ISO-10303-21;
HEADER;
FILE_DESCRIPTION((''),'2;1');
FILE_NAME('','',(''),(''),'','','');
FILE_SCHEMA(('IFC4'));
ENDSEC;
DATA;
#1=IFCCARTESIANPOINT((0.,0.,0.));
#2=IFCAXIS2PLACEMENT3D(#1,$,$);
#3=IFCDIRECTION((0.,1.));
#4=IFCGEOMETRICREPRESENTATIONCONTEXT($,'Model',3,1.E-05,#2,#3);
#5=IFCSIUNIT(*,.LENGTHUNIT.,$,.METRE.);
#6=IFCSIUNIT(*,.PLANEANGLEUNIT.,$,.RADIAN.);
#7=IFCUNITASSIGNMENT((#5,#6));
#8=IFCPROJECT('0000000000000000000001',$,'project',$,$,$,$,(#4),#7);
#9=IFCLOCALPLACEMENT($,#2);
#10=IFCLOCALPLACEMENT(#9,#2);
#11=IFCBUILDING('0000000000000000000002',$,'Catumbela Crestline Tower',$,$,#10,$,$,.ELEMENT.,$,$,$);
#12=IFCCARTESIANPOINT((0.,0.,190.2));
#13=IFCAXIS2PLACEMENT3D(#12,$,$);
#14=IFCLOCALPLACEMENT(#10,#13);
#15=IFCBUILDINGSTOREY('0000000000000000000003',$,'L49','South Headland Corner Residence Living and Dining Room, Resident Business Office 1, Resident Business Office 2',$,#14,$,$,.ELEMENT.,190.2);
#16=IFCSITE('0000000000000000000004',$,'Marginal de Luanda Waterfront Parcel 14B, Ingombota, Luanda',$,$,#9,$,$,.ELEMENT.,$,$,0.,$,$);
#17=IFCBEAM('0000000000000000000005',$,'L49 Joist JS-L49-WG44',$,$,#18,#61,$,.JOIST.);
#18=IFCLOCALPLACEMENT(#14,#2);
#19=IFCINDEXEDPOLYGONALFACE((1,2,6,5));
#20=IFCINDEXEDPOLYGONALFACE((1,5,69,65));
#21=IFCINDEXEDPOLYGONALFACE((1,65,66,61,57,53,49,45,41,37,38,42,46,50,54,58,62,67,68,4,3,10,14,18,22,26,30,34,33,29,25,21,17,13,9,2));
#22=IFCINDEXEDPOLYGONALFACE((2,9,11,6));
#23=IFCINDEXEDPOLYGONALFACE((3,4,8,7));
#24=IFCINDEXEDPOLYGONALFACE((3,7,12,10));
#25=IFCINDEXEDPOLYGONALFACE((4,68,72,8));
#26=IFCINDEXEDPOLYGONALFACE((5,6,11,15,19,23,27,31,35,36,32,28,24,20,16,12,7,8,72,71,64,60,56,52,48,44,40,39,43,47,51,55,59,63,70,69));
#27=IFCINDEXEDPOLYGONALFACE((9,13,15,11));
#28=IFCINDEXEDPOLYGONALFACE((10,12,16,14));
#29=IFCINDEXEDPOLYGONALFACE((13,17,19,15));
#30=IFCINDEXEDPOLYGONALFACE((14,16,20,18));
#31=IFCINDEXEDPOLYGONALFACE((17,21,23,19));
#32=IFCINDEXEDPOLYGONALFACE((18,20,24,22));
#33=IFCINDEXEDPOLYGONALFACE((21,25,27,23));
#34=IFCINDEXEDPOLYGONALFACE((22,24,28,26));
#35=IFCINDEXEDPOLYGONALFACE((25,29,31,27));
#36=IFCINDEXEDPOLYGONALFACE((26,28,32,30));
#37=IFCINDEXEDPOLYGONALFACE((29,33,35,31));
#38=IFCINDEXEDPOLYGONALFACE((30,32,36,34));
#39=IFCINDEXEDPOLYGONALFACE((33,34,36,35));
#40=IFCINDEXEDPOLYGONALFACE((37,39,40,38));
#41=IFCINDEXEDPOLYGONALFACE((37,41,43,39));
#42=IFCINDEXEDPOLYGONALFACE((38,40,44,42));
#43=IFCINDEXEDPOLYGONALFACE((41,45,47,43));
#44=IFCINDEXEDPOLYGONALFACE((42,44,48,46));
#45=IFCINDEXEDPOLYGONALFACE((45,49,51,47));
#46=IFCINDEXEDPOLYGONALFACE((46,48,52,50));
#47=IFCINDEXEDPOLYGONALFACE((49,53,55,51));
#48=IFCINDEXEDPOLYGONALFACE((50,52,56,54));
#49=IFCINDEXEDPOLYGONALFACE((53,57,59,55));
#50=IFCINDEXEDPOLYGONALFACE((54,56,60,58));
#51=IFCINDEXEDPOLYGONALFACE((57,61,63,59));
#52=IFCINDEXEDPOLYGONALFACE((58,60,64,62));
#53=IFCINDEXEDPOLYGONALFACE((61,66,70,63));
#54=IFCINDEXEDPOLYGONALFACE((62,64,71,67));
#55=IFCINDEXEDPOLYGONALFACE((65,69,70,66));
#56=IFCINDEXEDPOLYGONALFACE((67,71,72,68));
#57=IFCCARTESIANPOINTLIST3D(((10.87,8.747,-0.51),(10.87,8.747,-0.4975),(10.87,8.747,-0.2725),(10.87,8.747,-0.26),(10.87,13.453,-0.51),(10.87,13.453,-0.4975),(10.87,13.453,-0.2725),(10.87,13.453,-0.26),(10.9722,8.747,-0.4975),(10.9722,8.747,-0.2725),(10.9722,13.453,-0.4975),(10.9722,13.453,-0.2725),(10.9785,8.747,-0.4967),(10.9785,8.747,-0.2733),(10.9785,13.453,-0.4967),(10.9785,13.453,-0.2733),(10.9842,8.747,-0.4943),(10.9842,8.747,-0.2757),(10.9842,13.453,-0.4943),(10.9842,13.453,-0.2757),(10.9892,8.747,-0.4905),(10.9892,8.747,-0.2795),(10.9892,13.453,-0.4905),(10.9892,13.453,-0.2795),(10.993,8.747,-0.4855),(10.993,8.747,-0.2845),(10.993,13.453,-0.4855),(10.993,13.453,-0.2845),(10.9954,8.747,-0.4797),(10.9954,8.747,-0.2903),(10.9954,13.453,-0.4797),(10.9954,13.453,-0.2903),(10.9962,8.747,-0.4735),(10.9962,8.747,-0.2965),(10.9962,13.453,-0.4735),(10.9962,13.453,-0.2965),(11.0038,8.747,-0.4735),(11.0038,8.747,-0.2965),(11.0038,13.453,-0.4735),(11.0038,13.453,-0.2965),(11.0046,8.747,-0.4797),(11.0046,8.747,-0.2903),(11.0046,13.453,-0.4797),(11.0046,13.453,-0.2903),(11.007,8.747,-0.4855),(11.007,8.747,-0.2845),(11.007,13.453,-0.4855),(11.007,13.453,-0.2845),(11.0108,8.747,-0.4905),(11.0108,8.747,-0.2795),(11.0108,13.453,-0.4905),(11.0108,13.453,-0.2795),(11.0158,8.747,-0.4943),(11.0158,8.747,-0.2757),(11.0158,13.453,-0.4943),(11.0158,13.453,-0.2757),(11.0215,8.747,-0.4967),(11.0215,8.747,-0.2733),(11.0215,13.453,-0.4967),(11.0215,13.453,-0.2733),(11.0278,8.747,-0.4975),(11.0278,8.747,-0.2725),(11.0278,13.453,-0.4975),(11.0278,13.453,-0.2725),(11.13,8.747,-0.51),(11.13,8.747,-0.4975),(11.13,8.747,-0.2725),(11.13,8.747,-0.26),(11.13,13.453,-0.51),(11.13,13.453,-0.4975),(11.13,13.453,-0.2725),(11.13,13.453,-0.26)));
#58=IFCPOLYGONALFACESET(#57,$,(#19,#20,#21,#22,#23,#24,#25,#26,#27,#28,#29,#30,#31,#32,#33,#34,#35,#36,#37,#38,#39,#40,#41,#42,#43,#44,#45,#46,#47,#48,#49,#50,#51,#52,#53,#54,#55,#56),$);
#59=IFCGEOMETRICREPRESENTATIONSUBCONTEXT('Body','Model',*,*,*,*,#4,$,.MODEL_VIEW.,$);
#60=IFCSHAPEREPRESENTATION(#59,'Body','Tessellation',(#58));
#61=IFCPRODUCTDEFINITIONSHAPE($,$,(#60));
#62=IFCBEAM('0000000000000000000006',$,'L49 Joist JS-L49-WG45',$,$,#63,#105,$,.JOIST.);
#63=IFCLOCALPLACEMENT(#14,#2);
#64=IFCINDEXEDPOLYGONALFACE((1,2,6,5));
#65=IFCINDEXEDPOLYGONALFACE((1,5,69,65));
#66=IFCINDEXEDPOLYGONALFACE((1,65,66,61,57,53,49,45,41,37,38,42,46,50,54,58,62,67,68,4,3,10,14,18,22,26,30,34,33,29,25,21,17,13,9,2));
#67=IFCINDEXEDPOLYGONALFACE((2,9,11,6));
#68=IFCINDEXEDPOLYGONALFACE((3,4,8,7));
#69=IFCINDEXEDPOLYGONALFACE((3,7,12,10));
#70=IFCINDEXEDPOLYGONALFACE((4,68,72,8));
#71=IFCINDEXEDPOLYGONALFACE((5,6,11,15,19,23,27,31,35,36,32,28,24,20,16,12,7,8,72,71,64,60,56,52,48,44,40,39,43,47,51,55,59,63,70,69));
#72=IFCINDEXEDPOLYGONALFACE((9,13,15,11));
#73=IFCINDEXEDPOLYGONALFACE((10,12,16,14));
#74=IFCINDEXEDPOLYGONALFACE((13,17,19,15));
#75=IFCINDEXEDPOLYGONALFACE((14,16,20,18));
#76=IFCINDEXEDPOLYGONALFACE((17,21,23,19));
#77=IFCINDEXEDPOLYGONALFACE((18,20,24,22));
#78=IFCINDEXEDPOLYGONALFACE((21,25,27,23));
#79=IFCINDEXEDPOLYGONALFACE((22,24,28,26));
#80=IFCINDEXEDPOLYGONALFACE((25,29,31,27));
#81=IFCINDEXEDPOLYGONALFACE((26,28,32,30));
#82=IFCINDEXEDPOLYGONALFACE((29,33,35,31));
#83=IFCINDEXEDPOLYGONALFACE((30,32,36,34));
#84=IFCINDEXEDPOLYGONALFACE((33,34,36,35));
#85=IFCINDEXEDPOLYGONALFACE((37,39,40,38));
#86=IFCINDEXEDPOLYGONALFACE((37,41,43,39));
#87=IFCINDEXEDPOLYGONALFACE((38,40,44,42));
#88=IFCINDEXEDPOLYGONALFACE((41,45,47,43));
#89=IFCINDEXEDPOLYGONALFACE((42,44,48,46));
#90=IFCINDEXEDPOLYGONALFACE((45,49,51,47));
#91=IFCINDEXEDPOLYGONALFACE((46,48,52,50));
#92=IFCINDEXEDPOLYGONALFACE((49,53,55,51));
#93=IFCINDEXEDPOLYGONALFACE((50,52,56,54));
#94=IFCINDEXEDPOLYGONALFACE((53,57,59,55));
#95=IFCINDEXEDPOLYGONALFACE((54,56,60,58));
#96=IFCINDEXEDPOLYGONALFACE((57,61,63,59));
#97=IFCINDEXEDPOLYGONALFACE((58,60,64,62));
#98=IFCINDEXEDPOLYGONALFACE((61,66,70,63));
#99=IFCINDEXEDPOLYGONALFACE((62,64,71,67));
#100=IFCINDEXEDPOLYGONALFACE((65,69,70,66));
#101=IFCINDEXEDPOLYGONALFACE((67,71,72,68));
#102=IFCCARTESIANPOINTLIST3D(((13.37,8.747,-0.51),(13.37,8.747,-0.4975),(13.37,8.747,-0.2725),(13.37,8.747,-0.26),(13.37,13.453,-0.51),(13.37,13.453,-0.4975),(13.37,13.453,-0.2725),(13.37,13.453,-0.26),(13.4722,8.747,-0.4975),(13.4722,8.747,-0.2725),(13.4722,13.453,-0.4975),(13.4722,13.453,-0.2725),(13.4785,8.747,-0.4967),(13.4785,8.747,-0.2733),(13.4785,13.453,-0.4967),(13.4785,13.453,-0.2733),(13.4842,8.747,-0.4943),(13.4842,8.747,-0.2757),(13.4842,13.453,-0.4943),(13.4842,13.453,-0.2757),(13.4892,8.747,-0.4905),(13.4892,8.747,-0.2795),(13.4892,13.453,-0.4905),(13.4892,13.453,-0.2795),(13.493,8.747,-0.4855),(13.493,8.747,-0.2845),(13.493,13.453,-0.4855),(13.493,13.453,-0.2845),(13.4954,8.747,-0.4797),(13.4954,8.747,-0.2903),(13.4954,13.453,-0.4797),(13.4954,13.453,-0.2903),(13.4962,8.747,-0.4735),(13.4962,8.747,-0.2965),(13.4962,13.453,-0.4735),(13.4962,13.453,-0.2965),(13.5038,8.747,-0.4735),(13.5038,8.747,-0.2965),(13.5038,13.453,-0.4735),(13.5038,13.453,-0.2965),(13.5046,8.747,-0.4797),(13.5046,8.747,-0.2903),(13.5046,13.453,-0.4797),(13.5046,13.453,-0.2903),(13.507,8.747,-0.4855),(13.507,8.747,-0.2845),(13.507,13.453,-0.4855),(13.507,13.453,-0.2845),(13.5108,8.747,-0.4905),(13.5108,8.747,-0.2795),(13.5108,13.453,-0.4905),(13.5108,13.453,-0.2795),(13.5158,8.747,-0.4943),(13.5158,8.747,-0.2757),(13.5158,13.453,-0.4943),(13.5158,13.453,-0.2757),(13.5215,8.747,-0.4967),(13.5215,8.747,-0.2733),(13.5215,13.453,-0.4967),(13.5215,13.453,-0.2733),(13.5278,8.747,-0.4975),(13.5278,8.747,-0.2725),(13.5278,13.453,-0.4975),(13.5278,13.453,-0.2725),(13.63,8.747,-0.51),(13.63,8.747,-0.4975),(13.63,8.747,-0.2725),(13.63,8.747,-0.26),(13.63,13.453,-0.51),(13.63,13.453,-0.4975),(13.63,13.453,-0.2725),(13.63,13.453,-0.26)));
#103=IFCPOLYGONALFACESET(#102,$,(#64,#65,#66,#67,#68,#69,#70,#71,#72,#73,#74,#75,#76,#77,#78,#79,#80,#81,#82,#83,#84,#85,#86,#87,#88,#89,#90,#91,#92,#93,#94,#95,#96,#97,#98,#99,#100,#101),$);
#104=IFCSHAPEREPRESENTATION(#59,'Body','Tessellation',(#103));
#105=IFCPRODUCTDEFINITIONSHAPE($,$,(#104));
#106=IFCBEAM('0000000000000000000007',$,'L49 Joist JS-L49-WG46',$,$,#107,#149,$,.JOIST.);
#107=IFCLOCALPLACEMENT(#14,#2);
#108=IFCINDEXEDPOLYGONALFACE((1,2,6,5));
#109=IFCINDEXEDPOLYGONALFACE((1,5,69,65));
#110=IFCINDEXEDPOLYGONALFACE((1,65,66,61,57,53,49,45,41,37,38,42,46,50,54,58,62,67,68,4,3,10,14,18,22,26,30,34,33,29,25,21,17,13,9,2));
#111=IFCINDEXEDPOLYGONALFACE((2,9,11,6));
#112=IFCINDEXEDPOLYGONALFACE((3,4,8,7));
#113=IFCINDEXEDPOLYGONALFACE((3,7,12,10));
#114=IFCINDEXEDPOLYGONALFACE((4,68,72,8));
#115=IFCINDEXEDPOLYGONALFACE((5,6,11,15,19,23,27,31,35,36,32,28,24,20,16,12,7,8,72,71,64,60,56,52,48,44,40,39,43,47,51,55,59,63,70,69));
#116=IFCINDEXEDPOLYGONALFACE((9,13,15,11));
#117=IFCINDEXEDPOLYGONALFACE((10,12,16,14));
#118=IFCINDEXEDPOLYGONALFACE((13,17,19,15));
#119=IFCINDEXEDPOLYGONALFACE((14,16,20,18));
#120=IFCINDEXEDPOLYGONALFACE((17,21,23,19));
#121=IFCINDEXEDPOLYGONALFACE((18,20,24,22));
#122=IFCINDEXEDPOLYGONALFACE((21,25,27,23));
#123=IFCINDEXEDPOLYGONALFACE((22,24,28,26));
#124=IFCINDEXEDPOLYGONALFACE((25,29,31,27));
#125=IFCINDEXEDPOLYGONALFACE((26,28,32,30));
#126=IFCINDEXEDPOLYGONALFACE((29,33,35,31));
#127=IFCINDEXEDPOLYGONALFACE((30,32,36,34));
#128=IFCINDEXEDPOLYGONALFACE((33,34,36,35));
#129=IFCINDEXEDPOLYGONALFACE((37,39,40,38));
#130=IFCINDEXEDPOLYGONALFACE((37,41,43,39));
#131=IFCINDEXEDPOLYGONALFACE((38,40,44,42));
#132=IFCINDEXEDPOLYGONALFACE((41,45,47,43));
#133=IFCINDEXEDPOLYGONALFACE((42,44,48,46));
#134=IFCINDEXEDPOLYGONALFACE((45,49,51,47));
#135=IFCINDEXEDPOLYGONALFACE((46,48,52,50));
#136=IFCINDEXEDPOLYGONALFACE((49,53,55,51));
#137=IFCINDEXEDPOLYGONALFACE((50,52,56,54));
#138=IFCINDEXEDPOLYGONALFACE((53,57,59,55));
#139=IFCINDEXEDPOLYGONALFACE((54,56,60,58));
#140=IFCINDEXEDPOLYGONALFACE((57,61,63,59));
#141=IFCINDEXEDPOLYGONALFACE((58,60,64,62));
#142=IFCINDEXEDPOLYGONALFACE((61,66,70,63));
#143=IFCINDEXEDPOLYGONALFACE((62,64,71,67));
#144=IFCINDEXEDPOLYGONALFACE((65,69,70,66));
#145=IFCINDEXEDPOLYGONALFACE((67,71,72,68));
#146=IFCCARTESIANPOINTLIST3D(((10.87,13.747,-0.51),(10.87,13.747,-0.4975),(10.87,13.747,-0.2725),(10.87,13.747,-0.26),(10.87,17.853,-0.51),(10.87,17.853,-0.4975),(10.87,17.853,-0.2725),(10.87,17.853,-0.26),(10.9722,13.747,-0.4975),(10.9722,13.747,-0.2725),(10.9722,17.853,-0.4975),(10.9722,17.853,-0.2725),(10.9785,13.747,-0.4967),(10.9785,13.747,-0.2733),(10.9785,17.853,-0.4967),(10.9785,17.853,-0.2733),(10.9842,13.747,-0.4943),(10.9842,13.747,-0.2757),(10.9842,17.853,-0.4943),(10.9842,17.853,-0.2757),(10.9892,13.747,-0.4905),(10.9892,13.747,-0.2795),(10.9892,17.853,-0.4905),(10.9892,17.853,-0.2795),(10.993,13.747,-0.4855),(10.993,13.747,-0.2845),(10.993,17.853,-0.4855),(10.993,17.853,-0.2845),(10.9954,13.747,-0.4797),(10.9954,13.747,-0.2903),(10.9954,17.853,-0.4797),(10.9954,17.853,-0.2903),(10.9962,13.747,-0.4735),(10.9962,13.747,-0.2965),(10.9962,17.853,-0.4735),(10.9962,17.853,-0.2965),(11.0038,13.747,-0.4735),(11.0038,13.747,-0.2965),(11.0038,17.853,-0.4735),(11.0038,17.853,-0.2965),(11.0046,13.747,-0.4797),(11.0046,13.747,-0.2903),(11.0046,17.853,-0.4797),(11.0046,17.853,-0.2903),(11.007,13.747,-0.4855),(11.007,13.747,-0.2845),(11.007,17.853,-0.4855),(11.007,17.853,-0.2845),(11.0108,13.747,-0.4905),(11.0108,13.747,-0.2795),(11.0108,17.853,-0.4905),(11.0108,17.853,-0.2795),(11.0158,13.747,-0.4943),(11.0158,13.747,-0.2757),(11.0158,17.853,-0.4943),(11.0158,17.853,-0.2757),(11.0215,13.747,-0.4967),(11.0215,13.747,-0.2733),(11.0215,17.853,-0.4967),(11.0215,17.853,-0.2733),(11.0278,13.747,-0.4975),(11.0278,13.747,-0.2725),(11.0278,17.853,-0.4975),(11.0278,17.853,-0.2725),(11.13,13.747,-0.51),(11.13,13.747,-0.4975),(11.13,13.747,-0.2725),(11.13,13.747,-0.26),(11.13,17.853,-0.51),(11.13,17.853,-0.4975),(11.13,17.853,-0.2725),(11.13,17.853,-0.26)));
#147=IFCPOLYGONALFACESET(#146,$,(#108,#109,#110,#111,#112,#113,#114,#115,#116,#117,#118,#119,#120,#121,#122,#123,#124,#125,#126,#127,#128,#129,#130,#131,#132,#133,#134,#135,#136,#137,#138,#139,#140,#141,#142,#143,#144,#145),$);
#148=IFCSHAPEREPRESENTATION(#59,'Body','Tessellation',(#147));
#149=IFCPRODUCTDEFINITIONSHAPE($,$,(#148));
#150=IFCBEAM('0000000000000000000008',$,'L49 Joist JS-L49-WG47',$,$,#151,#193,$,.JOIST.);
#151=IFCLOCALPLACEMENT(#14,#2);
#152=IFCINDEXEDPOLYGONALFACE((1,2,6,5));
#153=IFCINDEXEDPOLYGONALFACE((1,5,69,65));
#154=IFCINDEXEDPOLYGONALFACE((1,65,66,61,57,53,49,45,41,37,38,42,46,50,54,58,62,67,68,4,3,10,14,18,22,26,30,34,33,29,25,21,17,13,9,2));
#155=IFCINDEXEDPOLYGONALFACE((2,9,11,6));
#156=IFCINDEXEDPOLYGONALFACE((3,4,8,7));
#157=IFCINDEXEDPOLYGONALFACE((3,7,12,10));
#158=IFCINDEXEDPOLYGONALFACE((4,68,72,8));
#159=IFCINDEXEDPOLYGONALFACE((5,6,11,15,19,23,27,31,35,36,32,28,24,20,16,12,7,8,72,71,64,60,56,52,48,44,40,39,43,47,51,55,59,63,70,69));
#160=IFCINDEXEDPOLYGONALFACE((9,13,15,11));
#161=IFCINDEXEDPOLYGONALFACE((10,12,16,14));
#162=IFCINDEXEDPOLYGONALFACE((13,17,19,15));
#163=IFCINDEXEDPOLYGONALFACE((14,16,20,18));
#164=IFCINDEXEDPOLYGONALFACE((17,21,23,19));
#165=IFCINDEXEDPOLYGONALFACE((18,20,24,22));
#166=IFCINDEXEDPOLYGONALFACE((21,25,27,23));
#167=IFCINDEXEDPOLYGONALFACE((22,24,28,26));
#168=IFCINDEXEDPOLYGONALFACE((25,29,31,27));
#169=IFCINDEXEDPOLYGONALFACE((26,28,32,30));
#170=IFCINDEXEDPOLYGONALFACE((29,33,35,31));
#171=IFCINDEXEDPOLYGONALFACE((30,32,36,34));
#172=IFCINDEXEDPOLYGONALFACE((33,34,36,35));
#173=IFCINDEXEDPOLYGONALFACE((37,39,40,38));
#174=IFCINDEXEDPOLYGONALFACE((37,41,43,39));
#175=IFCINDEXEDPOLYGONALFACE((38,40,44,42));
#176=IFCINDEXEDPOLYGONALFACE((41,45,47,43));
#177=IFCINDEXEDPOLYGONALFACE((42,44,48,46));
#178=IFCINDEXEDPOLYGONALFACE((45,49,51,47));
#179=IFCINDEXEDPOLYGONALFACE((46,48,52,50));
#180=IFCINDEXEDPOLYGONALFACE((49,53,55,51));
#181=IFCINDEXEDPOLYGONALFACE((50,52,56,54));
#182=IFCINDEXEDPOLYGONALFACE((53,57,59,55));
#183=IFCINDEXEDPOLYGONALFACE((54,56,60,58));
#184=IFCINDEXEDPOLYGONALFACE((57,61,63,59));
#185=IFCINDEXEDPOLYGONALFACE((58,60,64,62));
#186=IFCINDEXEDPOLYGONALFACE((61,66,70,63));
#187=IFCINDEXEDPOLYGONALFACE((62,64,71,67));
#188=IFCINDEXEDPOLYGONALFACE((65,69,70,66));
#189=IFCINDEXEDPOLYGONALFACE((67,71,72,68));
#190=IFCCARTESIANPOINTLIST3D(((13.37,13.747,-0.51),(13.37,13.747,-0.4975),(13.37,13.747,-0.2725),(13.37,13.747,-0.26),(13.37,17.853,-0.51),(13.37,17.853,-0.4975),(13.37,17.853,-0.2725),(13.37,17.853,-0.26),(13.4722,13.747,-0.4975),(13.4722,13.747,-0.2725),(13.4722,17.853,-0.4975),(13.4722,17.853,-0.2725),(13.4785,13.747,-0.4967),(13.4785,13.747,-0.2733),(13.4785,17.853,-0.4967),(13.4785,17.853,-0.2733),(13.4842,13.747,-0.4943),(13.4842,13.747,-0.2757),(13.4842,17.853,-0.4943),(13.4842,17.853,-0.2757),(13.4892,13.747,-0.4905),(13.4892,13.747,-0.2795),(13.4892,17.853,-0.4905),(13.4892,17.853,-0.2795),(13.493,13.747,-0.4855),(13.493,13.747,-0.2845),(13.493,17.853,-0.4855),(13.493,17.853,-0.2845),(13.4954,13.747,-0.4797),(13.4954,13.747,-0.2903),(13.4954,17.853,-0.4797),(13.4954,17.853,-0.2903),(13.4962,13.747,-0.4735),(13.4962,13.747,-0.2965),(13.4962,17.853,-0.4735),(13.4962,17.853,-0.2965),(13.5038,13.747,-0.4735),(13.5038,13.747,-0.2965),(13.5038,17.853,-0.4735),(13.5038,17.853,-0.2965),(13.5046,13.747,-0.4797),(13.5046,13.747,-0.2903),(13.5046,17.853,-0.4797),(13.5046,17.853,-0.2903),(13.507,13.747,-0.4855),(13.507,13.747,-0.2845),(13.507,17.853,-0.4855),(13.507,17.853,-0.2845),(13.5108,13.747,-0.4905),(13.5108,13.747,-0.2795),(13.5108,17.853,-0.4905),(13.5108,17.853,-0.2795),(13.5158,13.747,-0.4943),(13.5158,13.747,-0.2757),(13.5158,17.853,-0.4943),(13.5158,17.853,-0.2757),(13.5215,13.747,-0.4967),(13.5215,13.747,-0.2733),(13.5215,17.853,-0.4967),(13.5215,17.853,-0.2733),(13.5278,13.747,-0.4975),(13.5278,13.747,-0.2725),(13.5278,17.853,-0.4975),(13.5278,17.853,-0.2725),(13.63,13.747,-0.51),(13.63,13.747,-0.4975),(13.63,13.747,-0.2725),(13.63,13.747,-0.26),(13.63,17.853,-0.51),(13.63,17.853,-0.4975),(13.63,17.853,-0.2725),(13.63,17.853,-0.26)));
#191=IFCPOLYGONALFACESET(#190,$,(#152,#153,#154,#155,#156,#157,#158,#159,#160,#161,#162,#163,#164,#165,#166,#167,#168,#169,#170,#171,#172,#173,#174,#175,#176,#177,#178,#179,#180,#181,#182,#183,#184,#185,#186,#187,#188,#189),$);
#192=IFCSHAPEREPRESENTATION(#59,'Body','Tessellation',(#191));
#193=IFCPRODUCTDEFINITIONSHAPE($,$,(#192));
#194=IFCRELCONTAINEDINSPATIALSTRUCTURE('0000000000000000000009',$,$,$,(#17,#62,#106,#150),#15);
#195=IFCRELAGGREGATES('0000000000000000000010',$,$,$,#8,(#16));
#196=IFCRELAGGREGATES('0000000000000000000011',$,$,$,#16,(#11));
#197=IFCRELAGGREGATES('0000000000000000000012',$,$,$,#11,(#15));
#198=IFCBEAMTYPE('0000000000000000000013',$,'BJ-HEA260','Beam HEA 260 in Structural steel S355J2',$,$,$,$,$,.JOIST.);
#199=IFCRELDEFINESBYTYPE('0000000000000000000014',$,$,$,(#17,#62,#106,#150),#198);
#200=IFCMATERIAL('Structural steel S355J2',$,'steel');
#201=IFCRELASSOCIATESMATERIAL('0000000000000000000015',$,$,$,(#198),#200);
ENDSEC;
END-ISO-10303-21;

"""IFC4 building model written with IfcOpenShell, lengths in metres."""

from ifc_helpers import new_model, si_unit, direction, frame, origin, origin_2d, place, context, subcontext, project, spatial, i_section, extrude, material, material_profile, profile_set, type_object, element, save


model = new_model("IFC4")

# Units and contexts
model_context = context("Model", 3, precision=1e-05, world=origin(), true_north=direction((0.0, 1.0)))
body_context = subcontext(model_context, "Body", "Model", "MODEL_VIEW")
ifc_project = project(units=[si_unit("LENGTHUNIT", "METRE"), si_unit("PLANEANGLEUNIT", "RADIAN")], contexts=[model_context])

# Site, building, storey
site_placement = place(None, origin())
site = spatial("IfcSite", under=ifc_project, at=site_placement, Name="Marginal de Luanda Waterfront Parcel 14B, Ingombota, Luanda", CompositionType="ELEMENT", RefElevation=0.0)
building_placement = place(site_placement, origin())
building = spatial("IfcBuilding", under=site, at=building_placement, Name="Catumbela Crestline Tower", CompositionType="ELEMENT")
storey_placement = place(building_placement, frame((0.0, 0.0, 190.2)))
storey = spatial("IfcBuildingStorey", under=building, at=storey_placement, Name="L49", Description="South Headland Corner Residence Living and Dining Room, Resident Business Office 1, Resident Business Office 2", CompositionType="ELEMENT", Elevation=190.2)

# Shared definitions
ifc_material_1 = material(Name="Structural steel S355J2", Category="steel")

# Beams
ifc_material_profile_1 = material_profile(ifc_material_1, i_section(OverallWidth=0.26, OverallDepth=0.25, WebThickness=0.0075, FlangeThickness=0.0125, FilletRadius=0.024, at=origin_2d()), Name="HEA 260")
ifc_profile_set_1 = profile_set([ifc_material_profile_1], Name="Structural steel S355J2")
beam_type_1 = type_object("IfcBeamType", Name="BJ-HEA260", Description="Beam HEA 260 in Structural steel S355J2", PredefinedType="JOIST", material=ifc_profile_set_1)
for number, where, z_axis, x_axis, name in (
    (1, (11.0, 8.747, -0.385), (0.0, 1.0, 0.0), (-1.0, 0.0, 0.0), "L49 Joist JS-L49-WG44"),
    (2, (13.5, 8.747, -0.385), (0.0, 1.0, 0.0), (-1.0, 0.0, 0.0), "L49 Joist JS-L49-WG45"),
):
    element("IfcBeam", number, at=place(storey_placement, frame(where, z_axis=z_axis, x_axis=x_axis)), inside=storey, type_object=beam_type_1, Name=name, PredefinedType="JOIST", context=body_context, shape_type="SweptSolid", body=[
        extrude(i_section(OverallWidth=0.26, OverallDepth=0.25, WebThickness=0.0075, FlangeThickness=0.0125, FilletRadius=0.024, at=origin_2d()), origin(), (0.0, 0.0, 1.0), 4.706),
    ])
for number, where, z_axis, x_axis, name in (
    (3, (11.0, 13.747, -0.385), (0.0, 1.0, 0.0), (-1.0, 0.0, 0.0), "L49 Joist JS-L49-WG46"),
    (4, (13.5, 13.747, -0.385), (0.0, 1.0, 0.0), (-1.0, 0.0, 0.0), "L49 Joist JS-L49-WG47"),
):
    element("IfcBeam", number, at=place(storey_placement, frame(where, z_axis=z_axis, x_axis=x_axis)), inside=storey, type_object=beam_type_1, Name=name, PredefinedType="JOIST", context=body_context, shape_type="SweptSolid", body=[
        extrude(i_section(OverallWidth=0.26, OverallDepth=0.25, WebThickness=0.0075, FlangeThickness=0.0125, FilletRadius=0.024, at=origin_2d()), origin(), (0.0, 0.0, 1.0), 4.106),
    ])

save(model, "model.ifc")
